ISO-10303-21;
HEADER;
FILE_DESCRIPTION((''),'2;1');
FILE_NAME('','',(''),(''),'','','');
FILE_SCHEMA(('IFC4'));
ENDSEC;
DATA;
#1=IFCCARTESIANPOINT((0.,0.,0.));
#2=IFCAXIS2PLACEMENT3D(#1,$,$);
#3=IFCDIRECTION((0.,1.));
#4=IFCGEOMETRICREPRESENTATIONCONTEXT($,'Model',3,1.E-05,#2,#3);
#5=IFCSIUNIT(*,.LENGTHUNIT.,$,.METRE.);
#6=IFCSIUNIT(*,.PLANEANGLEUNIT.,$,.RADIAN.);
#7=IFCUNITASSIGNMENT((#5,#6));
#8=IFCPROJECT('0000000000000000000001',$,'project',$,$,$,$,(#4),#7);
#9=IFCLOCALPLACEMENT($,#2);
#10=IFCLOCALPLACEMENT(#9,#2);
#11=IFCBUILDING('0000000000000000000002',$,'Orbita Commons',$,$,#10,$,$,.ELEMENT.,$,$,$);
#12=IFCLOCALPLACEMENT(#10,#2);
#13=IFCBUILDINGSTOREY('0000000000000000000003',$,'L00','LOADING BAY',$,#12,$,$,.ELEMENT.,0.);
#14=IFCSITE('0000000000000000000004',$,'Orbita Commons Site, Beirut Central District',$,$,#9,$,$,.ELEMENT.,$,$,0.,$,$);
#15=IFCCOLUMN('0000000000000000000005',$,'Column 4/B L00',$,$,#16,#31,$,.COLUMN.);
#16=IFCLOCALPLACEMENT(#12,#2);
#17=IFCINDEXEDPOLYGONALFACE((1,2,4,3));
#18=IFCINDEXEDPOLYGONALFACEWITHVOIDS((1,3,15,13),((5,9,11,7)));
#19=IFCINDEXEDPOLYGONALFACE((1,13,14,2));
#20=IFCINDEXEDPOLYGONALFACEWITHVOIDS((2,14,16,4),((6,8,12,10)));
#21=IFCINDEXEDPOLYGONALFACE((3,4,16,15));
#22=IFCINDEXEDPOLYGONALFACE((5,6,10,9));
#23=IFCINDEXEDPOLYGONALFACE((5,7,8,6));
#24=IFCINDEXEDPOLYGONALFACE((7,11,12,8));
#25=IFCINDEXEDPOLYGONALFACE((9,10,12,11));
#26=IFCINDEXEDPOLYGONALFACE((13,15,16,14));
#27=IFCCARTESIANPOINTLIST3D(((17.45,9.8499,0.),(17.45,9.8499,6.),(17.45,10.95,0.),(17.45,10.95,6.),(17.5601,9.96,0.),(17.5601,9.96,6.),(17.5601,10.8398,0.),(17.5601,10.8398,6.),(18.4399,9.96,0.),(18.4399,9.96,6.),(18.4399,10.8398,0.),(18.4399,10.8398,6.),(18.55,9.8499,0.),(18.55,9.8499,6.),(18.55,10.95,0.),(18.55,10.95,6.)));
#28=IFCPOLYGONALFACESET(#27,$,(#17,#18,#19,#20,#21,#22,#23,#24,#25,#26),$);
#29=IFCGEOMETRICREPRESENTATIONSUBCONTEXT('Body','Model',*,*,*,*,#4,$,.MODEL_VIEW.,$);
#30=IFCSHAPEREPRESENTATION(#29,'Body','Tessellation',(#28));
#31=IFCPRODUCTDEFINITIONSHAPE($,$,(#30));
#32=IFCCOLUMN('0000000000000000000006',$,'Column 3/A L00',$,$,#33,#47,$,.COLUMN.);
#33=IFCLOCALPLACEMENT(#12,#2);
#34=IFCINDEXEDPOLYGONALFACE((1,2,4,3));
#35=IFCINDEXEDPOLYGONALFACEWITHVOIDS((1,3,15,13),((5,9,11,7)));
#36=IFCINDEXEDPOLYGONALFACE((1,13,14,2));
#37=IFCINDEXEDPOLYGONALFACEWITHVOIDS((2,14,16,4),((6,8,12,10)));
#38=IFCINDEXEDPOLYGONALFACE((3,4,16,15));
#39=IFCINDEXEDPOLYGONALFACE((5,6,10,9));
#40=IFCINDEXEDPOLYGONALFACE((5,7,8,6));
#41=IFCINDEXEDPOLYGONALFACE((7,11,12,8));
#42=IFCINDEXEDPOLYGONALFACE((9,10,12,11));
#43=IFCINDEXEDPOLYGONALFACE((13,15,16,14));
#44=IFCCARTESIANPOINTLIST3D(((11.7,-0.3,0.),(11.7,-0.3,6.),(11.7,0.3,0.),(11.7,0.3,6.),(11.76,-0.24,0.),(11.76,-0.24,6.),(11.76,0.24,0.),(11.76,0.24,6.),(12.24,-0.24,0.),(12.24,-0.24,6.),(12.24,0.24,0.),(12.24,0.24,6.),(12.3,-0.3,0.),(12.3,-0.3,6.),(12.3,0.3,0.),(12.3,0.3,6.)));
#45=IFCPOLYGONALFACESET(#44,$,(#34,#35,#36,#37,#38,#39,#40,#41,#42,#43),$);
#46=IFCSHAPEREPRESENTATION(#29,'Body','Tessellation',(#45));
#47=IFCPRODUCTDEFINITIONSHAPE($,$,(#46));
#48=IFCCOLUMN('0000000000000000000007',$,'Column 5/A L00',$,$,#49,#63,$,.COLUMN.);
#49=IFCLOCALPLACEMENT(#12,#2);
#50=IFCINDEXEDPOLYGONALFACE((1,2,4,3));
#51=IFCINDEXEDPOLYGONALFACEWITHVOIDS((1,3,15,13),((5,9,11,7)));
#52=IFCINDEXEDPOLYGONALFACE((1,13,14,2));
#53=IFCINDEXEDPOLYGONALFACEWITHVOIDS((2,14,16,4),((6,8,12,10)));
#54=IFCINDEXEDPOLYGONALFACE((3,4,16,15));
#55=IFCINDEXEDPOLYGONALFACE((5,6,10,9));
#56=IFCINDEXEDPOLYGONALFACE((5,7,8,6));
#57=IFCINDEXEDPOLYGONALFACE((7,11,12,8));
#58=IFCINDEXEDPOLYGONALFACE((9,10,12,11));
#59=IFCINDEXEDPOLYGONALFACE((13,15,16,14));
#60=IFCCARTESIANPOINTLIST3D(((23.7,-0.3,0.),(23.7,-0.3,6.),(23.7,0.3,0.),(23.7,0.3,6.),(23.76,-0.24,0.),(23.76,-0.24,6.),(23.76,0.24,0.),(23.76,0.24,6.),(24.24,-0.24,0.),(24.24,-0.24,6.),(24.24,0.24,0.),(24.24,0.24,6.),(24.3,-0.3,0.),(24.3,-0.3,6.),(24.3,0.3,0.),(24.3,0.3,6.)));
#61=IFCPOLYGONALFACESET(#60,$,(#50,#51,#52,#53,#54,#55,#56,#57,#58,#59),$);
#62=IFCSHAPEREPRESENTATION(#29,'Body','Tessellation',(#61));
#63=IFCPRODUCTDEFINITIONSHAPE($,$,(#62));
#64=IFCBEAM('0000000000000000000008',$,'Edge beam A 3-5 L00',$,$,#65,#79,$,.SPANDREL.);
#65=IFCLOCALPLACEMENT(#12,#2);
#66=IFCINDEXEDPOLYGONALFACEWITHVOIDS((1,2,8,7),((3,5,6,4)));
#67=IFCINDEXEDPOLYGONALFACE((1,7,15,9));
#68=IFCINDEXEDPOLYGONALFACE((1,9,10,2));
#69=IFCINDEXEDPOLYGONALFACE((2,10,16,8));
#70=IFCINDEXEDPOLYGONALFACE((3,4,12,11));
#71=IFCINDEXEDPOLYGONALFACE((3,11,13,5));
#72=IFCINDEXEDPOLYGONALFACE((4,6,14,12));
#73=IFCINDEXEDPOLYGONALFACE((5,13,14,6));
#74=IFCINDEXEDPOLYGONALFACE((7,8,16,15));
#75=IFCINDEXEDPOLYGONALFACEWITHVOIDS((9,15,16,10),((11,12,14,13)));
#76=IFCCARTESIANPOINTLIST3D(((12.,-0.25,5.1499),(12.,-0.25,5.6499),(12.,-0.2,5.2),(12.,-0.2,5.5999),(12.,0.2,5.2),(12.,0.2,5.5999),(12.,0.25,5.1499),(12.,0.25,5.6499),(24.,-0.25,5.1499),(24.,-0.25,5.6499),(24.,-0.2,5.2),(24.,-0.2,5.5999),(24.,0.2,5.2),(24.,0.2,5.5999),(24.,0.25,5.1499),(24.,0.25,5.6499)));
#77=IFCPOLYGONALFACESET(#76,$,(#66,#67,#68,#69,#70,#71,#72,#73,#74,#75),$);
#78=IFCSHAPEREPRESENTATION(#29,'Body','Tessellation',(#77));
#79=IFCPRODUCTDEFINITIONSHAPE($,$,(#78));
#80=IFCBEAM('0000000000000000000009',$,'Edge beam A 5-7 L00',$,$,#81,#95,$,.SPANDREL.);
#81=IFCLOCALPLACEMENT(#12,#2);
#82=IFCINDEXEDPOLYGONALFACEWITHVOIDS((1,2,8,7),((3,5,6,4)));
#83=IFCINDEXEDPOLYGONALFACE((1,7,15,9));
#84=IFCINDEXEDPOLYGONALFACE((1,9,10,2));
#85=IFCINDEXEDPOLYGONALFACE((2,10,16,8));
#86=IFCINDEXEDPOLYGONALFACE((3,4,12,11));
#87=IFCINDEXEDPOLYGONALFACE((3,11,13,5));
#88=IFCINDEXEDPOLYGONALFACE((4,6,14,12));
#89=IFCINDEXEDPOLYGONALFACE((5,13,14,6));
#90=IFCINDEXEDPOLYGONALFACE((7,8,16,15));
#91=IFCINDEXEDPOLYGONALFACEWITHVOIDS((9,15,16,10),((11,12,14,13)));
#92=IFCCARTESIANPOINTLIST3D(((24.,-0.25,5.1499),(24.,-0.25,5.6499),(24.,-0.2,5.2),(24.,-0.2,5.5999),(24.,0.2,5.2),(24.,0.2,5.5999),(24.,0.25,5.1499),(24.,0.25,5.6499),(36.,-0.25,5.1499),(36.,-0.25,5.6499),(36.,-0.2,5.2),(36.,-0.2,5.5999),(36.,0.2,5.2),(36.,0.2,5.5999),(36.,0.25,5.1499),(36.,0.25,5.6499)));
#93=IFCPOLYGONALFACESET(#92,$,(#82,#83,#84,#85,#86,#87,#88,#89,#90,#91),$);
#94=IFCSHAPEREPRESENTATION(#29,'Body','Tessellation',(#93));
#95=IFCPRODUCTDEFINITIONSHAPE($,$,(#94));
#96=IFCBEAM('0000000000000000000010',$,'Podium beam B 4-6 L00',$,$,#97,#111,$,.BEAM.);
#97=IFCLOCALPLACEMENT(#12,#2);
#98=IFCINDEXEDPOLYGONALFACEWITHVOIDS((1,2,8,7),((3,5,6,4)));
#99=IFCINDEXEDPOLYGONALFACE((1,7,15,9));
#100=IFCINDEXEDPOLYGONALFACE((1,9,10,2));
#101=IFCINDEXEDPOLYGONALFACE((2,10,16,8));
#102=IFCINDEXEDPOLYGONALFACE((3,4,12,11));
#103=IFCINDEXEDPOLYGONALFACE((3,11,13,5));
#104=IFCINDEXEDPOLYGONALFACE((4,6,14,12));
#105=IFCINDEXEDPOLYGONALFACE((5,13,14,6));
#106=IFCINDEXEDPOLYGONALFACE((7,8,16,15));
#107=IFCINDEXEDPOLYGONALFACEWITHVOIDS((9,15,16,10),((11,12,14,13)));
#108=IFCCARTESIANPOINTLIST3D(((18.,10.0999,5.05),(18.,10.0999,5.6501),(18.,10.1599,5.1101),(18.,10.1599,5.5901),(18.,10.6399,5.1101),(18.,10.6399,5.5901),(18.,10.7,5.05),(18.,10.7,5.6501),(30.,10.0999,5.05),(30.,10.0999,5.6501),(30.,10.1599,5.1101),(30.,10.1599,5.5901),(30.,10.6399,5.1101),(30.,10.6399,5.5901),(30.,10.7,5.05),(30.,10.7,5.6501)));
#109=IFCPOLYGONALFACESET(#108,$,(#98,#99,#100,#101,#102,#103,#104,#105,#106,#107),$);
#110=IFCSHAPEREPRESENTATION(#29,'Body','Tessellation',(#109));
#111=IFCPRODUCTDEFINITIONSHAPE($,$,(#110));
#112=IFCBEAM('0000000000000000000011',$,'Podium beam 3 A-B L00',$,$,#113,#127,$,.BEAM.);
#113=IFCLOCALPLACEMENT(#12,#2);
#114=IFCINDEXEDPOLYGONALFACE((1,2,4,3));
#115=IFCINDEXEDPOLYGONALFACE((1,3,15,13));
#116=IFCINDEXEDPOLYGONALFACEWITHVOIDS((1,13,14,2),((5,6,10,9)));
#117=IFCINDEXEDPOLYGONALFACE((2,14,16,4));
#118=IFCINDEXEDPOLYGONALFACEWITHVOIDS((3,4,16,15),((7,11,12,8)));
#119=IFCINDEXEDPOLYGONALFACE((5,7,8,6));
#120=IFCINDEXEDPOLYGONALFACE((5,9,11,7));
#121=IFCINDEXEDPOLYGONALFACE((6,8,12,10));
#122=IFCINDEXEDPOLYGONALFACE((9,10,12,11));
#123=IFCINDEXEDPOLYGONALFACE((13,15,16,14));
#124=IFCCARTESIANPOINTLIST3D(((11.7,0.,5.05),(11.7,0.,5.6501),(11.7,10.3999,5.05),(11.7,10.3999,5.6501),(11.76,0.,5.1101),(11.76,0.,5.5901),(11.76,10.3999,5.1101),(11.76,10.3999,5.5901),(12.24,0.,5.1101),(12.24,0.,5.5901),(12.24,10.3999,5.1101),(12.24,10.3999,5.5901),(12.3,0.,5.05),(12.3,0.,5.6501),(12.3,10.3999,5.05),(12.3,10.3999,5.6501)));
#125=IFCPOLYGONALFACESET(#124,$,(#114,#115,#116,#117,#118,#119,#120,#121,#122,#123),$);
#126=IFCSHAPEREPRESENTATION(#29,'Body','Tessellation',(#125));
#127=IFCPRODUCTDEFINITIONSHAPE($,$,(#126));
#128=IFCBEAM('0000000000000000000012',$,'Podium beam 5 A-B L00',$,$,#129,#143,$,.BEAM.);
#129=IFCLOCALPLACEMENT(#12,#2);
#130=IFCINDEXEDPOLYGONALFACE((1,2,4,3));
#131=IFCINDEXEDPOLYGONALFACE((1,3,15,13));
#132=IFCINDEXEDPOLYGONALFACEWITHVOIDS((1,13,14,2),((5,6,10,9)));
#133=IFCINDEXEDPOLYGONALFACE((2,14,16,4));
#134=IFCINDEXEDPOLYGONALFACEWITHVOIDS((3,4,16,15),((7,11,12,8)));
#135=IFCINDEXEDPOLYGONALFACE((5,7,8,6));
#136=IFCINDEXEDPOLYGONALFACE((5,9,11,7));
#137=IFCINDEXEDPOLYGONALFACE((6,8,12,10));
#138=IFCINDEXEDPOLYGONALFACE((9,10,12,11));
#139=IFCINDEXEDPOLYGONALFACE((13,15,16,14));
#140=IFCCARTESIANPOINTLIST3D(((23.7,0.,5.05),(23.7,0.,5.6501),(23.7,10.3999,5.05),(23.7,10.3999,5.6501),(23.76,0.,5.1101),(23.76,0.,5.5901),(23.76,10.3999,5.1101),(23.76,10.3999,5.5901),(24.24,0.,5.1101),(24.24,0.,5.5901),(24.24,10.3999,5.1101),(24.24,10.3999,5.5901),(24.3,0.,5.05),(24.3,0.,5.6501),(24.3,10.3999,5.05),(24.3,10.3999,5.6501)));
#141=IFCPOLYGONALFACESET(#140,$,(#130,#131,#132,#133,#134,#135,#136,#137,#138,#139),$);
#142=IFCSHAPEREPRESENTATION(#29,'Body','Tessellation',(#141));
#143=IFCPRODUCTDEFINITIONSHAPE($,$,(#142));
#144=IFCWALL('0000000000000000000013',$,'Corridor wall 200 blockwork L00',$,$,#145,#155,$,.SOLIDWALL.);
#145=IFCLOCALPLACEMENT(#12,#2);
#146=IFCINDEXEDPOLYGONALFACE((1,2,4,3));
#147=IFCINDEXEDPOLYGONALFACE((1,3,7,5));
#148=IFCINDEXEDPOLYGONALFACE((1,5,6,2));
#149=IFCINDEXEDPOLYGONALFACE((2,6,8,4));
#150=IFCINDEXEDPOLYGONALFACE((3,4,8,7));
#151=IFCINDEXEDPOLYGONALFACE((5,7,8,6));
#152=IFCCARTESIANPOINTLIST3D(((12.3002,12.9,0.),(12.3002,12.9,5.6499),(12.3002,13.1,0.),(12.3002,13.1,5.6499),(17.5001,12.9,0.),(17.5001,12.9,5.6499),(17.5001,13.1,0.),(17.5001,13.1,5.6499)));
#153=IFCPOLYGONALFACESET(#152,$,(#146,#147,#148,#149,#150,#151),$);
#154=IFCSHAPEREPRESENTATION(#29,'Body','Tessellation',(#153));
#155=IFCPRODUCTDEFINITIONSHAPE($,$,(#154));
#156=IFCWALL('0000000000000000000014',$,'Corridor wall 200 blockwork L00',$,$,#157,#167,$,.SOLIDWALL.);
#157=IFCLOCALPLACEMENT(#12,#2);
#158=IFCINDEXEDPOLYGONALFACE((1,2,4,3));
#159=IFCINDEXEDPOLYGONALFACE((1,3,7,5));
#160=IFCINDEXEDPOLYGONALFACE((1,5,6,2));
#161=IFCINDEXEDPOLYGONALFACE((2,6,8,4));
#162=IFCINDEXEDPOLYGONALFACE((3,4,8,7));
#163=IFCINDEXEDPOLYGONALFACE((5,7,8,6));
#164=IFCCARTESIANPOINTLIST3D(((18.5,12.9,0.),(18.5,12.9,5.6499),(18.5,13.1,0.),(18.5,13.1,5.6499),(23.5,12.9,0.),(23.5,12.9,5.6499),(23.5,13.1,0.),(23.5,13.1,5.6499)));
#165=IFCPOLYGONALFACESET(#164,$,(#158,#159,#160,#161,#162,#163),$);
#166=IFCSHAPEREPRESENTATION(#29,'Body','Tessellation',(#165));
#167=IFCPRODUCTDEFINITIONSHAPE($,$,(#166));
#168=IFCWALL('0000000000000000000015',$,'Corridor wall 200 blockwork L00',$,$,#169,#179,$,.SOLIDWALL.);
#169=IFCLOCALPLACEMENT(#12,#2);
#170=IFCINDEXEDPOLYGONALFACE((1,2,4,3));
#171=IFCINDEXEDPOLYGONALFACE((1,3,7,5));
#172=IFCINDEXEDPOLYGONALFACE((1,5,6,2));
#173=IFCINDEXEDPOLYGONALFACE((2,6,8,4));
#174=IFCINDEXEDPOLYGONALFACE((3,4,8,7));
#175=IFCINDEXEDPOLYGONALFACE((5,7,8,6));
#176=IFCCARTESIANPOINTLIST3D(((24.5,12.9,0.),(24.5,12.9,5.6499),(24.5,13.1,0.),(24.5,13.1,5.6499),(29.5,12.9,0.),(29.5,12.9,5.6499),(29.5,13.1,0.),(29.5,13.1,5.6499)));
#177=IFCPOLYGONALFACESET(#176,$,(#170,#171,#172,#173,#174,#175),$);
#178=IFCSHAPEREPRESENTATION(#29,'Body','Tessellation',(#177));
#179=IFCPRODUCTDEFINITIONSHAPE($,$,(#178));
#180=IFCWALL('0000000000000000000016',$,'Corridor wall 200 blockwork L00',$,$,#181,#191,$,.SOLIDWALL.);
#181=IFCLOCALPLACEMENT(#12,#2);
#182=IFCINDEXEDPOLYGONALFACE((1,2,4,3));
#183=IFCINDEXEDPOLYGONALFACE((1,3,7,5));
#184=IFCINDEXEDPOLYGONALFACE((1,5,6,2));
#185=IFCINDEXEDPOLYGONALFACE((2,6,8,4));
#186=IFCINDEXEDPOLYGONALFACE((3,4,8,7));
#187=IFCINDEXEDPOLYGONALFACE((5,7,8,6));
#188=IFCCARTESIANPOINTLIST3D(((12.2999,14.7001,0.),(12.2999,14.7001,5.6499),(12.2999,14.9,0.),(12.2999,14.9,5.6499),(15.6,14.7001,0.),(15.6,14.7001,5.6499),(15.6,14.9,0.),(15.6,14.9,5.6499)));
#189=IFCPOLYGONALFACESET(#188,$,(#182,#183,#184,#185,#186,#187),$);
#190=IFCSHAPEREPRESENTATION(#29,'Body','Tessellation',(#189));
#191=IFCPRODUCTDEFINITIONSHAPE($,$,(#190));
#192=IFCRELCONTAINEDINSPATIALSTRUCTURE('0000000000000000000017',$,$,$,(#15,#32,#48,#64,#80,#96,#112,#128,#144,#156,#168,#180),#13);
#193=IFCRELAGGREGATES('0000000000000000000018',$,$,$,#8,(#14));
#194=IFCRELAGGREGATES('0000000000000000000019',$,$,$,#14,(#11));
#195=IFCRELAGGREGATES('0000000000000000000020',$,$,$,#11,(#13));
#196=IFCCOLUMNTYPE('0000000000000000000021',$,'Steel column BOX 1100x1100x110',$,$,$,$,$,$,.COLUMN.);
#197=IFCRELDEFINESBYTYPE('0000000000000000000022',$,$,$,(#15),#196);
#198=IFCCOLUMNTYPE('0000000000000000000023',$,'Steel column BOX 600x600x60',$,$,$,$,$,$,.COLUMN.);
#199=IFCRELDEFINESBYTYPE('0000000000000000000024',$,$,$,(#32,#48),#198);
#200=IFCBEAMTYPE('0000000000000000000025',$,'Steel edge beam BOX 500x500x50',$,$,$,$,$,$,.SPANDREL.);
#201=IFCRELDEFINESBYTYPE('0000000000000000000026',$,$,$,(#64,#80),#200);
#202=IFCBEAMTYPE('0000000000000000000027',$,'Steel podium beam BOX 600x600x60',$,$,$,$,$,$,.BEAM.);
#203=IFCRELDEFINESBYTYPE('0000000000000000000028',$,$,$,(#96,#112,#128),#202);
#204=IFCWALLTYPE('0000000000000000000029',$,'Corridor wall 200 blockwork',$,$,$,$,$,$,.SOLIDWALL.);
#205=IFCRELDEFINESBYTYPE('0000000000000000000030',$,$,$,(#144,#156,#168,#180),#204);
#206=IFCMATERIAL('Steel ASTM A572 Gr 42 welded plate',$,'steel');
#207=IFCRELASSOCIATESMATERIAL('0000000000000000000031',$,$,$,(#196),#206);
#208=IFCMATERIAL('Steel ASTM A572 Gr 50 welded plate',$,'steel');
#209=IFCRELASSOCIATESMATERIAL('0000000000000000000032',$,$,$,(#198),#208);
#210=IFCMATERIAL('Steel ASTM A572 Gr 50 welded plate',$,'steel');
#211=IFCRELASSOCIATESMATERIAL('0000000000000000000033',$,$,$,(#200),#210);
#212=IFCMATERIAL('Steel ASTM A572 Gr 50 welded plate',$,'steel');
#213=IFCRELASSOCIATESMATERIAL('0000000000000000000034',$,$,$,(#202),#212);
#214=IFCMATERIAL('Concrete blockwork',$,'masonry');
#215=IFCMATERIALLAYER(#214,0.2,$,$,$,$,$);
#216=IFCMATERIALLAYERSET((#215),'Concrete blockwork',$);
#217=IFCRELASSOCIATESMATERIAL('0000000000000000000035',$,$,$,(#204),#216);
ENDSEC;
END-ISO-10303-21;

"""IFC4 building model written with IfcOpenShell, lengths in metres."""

from ifc_helpers import new_model, si_unit, direction, frame, frame_2d, origin, origin_2d, place, context, subcontext, project, spatial, rectangle, hollow_rectangle, extrude, material, layer, layer_set, material_profile, profile_set, type_object, element, save


model = new_model("IFC4")

# Units and contexts
model_context = context("Model", 3, precision=1e-05, world=origin(), true_north=direction((0.0, 1.0)))
body_context = subcontext(model_context, "Body", "Model", "MODEL_VIEW")
ifc_project = project(units=[si_unit("LENGTHUNIT", "METRE"), si_unit("PLANEANGLEUNIT", "RADIAN")], contexts=[model_context])

# Site, building, storey
site_placement = place(None, origin())
site = spatial("IfcSite", under=ifc_project, at=site_placement, Name="Orbita Commons Site, Beirut Central District", CompositionType="ELEMENT", RefElevation=0.0)
building_placement = place(site_placement, origin())
building = spatial("IfcBuilding", under=site, at=building_placement, Name="Orbita Commons", CompositionType="ELEMENT")
storey_placement = place(building_placement, origin())
storey = spatial("IfcBuildingStorey", under=building, at=storey_placement, Name="L00", Description="LOADING BAY", CompositionType="ELEMENT", Elevation=0.0)

# Columns
ifc_material_1 = material(Name="Steel ASTM A572 Gr 42 welded plate", Category="steel")
ifc_material_profile_1 = material_profile(ifc_material_1, hollow_rectangle(XDim=1.1001, YDim=1.1001, WallThickness=0.1101, at=origin_2d()), Name="BOX 1100x1100x110")
ifc_profile_set_1 = profile_set([ifc_material_profile_1], Name="Steel ASTM A572 Gr 42 welded plate")
column_type_1 = type_object("IfcColumnType", Name="Steel column BOX 1100x1100x110", PredefinedType="COLUMN", material=ifc_profile_set_1)
column_placement = place(storey_placement, frame((18.0, 10.3999, 0.0), z_axis=(0.0, 0.0, 1.0), x_axis=(1.0, 0.0, 0.0)))
element("IfcColumn", 1, at=column_placement, inside=storey, type_object=column_type_1, Name="Column 4/B L00", PredefinedType="COLUMN", context=body_context, shape_type="SweptSolid", body=[
    extrude(hollow_rectangle(XDim=1.1001, YDim=1.1001, WallThickness=0.1101, at=origin_2d()), origin(), (0.0, 0.0, 1.0), 6.0),
])
ifc_material_2 = material(Name="Steel ASTM A572 Gr 50 welded plate", Category="steel")
ifc_material_profile_2 = material_profile(ifc_material_2, hollow_rectangle(XDim=0.6001, YDim=0.6001, WallThickness=0.0601, at=origin_2d()), Name="BOX 600x600x60")
ifc_profile_set_2 = profile_set([ifc_material_profile_2], Name="Steel ASTM A572 Gr 50 welded plate")
column_type_2 = type_object("IfcColumnType", Name="Steel column BOX 600x600x60", PredefinedType="COLUMN", material=ifc_profile_set_2)
for number, where, z_axis, x_axis, name in (
    (2, (12.0, 0.0, 0.0), (0.0, 0.0, 1.0), (1.0, 0.0, 0.0), "Column 3/A L00"),
    (3, (24.0, 0.0, 0.0), (0.0, 0.0, 1.0), (1.0, 0.0, 0.0), "Column 5/A L00"),
):
    element("IfcColumn", number, at=place(storey_placement, frame(where, z_axis=z_axis, x_axis=x_axis)), inside=storey, type_object=column_type_2, Name=name, PredefinedType="COLUMN", context=body_context, shape_type="SweptSolid", body=[
        extrude(hollow_rectangle(XDim=0.6001, YDim=0.6001, WallThickness=0.0601, at=origin_2d()), origin(), (0.0, 0.0, 1.0), 6.0),
    ])

# Beams
ifc_material_3 = material(Name="Steel ASTM A572 Gr 50 welded plate", Category="steel")
ifc_material_profile_3 = material_profile(ifc_material_3, hollow_rectangle(XDim=0.5, YDim=0.5, WallThickness=0.05, at=origin_2d()), Name="BOX 500x500x50")
ifc_profile_set_3 = profile_set([ifc_material_profile_3], Name="Steel ASTM A572 Gr 50 welded plate")
beam_type_1 = type_object("IfcBeamType", Name="Steel edge beam BOX 500x500x50", PredefinedType="SPANDREL", material=ifc_profile_set_3)
for number, where, z_axis, x_axis, name in (
    (4, (12.0, 0.0, 5.3999), (1.0, 0.0, 0.0), (0.0, 1.0, 0.0), "Edge beam A 3-5 L00"),
    (5, (24.0, 0.0, 5.3999), (1.0, 0.0, 0.0), (0.0, 1.0, 0.0), "Edge beam A 5-7 L00"),
):
    element("IfcBeam", number, at=place(storey_placement, frame(where, z_axis=z_axis, x_axis=x_axis)), inside=storey, type_object=beam_type_1, Name=name, PredefinedType="SPANDREL", context=body_context, shape_type="SweptSolid", body=[
        extrude(hollow_rectangle(XDim=0.5, YDim=0.5, WallThickness=0.05, at=origin_2d()), origin(), (0.0, 0.0, 1.0), 12.0),
    ])
ifc_material_4 = material(Name="Steel ASTM A572 Gr 50 welded plate", Category="steel")
ifc_material_profile_4 = material_profile(ifc_material_4, hollow_rectangle(XDim=0.6001, YDim=0.6001, WallThickness=0.0601, at=origin_2d()), Name="BOX 600x600x60")
ifc_profile_set_4 = profile_set([ifc_material_profile_4], Name="Steel ASTM A572 Gr 50 welded plate")
beam_type_2 = type_object("IfcBeamType", Name="Steel podium beam BOX 600x600x60", PredefinedType="BEAM", material=ifc_profile_set_4)
beam_placement = place(storey_placement, frame((18.0, 10.3999, 5.3501), z_axis=(1.0, 0.0, 0.0), x_axis=(0.0, 1.0, 0.0)))
element("IfcBeam", 6, at=beam_placement, inside=storey, type_object=beam_type_2, Name="Podium beam B 4-6 L00", PredefinedType="BEAM", context=body_context, shape_type="SweptSolid", body=[
    extrude(hollow_rectangle(XDim=0.6001, YDim=0.6001, WallThickness=0.0601, at=origin_2d()), origin(), (0.0, 0.0, 1.0), 12.0),
])
for number, where, z_axis, x_axis, name in (
    (7, (12.0, 0.0, 5.3501), (0.0, 1.0, 0.0), (-1.0, 0.0, 0.0), "Podium beam 3 A-B L00"),
    (8, (24.0, 0.0, 5.3501), (0.0, 1.0, 0.0), (-1.0, 0.0, 0.0), "Podium beam 5 A-B L00"),
):
    element("IfcBeam", number, at=place(storey_placement, frame(where, z_axis=z_axis, x_axis=x_axis)), inside=storey, type_object=beam_type_2, Name=name, PredefinedType="BEAM", context=body_context, shape_type="SweptSolid", body=[
        extrude(hollow_rectangle(XDim=0.6001, YDim=0.6001, WallThickness=0.0601, at=origin_2d()), origin(), (0.0, 0.0, 1.0), 10.3999),
    ])

# Walls
ifc_material_5 = material(Name="Concrete blockwork", Category="masonry")
ifc_layer_1 = layer(ifc_material_5, 0.2)
ifc_layer_set_1 = layer_set([ifc_layer_1], Name="Concrete blockwork")
wall_type_1 = type_object("IfcWallType", Name="Corridor wall 200 blockwork", PredefinedType="SOLIDWALL", material=ifc_layer_set_1)
wall_1_placement = place(storey_placement, frame((12.3, 13.0, 0.0), z_axis=(0.0, 0.0, 1.0), x_axis=(1.0, 0.0, 0.0)))
element("IfcWall", 9, at=wall_1_placement, inside=storey, type_object=wall_type_1, Name="Corridor wall 200 blockwork L00", PredefinedType="SOLIDWALL", context=body_context, shape_type="SweptSolid", body=[
    extrude(rectangle(XDim=5.2, YDim=0.2, at=frame_2d((2.6001, 0.0))), origin(), (0.0, 0.0, 1.0), 5.6499),
])
for number, where, z_axis, x_axis, name in (
    (10, (18.5, 13.0, 0.0), (0.0, 0.0, 1.0), (1.0, 0.0, 0.0), "Corridor wall 200 blockwork L00"),
    (11, (24.5, 13.0, 0.0), (0.0, 0.0, 1.0), (1.0, 0.0, 0.0), "Corridor wall 200 blockwork L00"),
):
    element("IfcWall", number, at=place(storey_placement, frame(where, z_axis=z_axis, x_axis=x_axis)), inside=storey, type_object=wall_type_1, Name=name, PredefinedType="SOLIDWALL", context=body_context, shape_type="SweptSolid", body=[
        extrude(rectangle(XDim=5.0, YDim=0.2, at=frame_2d((2.5, 0.0))), origin(), (0.0, 0.0, 1.0), 5.6499),
    ])
wall_2_placement = place(storey_placement, frame((12.3, 14.8, 0.0), z_axis=(0.0, 0.0, 1.0), x_axis=(1.0, 0.0, 0.0)))
element("IfcWall", 12, at=wall_2_placement, inside=storey, type_object=wall_type_1, Name="Corridor wall 200 blockwork L00", PredefinedType="SOLIDWALL", context=body_context, shape_type="SweptSolid", body=[
    extrude(rectangle(XDim=3.3, YDim=0.2, at=frame_2d((1.6499, 0.0))), origin(), (0.0, 0.0, 1.0), 5.6499),
])

save(model, "model.ifc")
